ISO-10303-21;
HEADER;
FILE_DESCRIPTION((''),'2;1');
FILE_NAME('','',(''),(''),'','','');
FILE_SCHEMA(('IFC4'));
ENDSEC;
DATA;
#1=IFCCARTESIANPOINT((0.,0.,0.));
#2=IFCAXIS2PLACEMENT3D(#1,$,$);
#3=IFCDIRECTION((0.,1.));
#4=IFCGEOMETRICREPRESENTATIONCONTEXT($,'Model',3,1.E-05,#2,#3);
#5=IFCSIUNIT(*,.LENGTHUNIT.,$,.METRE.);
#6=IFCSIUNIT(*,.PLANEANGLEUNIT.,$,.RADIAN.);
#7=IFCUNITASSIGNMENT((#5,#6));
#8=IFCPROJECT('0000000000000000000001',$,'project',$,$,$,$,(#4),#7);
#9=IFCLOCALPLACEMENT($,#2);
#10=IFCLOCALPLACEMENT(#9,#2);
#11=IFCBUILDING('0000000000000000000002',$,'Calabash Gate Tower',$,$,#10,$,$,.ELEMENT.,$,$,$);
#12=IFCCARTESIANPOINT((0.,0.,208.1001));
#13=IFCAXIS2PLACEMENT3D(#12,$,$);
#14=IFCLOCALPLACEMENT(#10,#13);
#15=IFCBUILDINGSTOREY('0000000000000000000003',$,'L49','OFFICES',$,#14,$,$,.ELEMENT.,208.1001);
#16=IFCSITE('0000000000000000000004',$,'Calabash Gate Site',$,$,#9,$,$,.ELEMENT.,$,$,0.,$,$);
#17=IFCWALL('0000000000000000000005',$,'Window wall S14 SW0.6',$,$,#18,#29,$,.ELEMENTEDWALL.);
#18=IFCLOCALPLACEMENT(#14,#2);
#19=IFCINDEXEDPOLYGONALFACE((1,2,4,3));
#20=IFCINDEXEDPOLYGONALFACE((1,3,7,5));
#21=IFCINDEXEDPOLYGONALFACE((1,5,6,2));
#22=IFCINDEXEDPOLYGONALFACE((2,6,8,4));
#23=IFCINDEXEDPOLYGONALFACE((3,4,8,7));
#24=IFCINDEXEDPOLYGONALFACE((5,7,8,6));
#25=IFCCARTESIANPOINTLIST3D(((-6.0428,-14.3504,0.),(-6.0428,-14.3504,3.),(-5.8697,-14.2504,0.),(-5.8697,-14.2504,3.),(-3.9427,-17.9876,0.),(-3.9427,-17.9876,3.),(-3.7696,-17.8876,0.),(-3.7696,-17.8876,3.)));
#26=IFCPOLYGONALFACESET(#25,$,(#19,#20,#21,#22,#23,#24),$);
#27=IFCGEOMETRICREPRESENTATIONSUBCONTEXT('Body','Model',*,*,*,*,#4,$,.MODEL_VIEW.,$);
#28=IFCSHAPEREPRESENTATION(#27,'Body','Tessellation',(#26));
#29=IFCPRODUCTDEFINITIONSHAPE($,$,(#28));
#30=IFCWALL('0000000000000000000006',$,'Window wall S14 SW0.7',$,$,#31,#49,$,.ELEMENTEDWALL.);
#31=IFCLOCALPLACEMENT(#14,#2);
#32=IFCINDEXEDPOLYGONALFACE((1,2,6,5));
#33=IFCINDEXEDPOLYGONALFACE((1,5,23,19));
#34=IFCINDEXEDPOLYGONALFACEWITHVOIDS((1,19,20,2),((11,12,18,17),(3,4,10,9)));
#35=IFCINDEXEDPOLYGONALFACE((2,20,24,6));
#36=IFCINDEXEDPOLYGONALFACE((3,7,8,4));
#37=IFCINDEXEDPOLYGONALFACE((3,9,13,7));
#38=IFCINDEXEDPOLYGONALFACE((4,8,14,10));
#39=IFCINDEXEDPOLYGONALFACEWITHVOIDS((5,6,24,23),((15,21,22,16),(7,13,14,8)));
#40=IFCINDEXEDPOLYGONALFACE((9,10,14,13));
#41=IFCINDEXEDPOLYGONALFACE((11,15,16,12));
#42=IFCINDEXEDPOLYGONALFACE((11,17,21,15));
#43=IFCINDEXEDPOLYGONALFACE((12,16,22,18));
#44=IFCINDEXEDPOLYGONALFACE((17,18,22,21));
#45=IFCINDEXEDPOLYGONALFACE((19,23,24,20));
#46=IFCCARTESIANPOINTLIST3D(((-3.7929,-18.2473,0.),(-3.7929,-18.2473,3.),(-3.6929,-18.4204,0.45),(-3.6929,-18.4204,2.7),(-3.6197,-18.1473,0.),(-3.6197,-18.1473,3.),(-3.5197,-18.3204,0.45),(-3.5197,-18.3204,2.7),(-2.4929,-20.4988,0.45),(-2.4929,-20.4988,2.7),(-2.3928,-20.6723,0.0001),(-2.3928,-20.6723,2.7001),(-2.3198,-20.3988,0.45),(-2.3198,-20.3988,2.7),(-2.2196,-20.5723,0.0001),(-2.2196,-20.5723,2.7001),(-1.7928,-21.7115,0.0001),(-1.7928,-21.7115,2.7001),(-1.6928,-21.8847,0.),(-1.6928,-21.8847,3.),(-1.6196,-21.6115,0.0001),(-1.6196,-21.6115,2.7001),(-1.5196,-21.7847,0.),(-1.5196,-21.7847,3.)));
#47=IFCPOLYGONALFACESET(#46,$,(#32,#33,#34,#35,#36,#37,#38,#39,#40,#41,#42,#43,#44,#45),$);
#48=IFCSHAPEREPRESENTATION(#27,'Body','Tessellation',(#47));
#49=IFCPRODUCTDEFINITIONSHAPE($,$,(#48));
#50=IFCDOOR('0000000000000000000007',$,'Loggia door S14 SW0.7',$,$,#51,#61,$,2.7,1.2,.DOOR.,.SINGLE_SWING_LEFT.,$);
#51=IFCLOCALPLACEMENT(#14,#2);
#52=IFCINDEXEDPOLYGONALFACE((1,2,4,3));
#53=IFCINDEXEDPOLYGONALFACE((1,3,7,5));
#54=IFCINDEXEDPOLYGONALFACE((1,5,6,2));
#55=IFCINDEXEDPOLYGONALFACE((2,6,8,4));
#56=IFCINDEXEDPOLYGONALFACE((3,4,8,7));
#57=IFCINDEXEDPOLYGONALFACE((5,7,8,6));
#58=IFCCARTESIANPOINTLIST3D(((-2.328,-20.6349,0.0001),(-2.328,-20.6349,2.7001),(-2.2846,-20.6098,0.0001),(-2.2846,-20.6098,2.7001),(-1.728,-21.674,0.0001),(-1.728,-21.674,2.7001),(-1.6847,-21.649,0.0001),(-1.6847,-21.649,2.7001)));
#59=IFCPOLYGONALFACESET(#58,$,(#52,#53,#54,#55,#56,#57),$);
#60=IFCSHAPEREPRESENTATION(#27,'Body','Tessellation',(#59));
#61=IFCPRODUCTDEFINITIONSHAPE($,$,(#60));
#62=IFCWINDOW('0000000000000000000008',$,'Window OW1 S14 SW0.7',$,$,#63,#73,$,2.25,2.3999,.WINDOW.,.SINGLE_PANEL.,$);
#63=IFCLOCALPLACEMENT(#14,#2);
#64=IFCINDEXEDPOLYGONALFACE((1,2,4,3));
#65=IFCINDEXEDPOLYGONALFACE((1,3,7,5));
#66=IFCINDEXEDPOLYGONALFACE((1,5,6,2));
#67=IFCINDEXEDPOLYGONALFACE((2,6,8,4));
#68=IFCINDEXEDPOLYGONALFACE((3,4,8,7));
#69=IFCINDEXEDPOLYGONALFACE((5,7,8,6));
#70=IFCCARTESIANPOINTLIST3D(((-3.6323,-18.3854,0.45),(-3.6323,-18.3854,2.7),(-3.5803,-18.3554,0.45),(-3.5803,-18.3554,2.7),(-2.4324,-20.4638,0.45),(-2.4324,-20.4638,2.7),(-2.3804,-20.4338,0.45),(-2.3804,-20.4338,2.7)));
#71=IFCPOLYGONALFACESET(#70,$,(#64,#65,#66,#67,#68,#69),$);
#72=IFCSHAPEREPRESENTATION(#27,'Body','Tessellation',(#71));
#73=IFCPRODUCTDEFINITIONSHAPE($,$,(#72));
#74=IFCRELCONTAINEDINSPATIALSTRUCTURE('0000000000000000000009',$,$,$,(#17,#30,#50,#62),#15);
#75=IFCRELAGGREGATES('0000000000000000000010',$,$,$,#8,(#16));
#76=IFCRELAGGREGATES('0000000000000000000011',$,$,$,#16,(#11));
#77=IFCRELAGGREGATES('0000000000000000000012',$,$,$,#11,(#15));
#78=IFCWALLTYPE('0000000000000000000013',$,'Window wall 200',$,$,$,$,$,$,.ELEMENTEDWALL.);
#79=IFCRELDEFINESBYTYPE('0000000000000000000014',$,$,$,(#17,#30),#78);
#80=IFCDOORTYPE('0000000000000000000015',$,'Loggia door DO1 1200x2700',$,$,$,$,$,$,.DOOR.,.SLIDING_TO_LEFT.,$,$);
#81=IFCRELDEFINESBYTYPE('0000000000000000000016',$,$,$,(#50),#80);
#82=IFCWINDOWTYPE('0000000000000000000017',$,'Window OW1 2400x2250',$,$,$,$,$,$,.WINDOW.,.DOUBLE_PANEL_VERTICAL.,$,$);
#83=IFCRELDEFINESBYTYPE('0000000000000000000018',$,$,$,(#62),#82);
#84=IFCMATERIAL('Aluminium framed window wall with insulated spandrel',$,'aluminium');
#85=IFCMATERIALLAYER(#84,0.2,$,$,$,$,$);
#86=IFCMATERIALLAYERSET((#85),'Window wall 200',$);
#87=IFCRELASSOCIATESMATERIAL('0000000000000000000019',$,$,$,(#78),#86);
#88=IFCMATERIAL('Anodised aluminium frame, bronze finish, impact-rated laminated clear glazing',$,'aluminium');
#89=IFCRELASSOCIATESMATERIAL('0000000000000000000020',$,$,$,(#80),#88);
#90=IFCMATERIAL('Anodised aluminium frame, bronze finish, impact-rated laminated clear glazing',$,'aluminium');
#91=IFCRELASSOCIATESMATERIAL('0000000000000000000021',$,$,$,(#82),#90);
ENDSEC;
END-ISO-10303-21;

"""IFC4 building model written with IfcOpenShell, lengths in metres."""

from ifc_helpers import new_model, si_unit, direction, frame, frame_2d, origin, place, context, subcontext, project, spatial, rectangle, extrude, material, layer, layer_set, type_object, element, fill, save


model = new_model("IFC4")

# Units and contexts
model_context = context("Model", 3, precision=1e-05, world=origin(), true_north=direction((0.0, 1.0)))
body_context = subcontext(model_context, "Body", "Model", "MODEL_VIEW")
ifc_project = project(units=[si_unit("LENGTHUNIT", "METRE"), si_unit("PLANEANGLEUNIT", "RADIAN")], contexts=[model_context])

# Site, building, storey
site_placement = place(None, origin())
site = spatial("IfcSite", under=ifc_project, at=site_placement, Name="Calabash Gate Site", CompositionType="ELEMENT", RefElevation=0.0)
building_placement = place(site_placement, origin())
building = spatial("IfcBuilding", under=site, at=building_placement, Name="Calabash Gate Tower", CompositionType="ELEMENT")
storey_placement = place(building_placement, frame((0.0, 0.0, 208.1001)))
storey = spatial("IfcBuildingStorey", under=building, at=storey_placement, Name="L49", Description="OFFICES", CompositionType="ELEMENT", Elevation=208.1001)

# Wall
ifc_material_1 = material(Name="Aluminium framed window wall with insulated spandrel", Category="aluminium")
ifc_layer_1 = layer(ifc_material_1, 0.2)
ifc_layer_set_1 = layer_set([ifc_layer_1], Name="Window wall 200")
wall_type_1 = type_object("IfcWallType", Name="Window wall 200", PredefinedType="ELEMENTEDWALL", material=ifc_layer_set_1)
wall_1_placement = place(storey_placement, frame((-5.9563, -14.3003, 0.0), z_axis=(0.0, 0.0, 1.0), x_axis=(0.500028, -0.866009, 0.0)))
element("IfcWall", 1, at=wall_1_placement, inside=storey, type_object=wall_type_1, Name="Window wall S14 SW0.6", PredefinedType="ELEMENTEDWALL", context=body_context, shape_type="SweptSolid", body=[
    extrude(rectangle(XDim=4.2, YDim=0.2, at=frame_2d((2.1001, 0.0))), origin(), (0.0, 0.0, 1.0), 3.0),
])

# Wall, openings, door, window
wall_2_placement = place(storey_placement, frame((-3.7063, -18.1973, 0.0), z_axis=(0.0, 0.0, 1.0), x_axis=(0.500003, -0.866024, 0.0)))
wall_2 = element("IfcWall", 2, at=wall_2_placement, inside=storey, type_object=wall_type_1, Name="Window wall S14 SW0.7", PredefinedType="ELEMENTEDWALL", context=body_context, shape_type="SweptSolid", body=[
    extrude(rectangle(XDim=4.2002, YDim=0.2, at=frame_2d((2.1001, 0.0))), origin(), (0.0, 0.0, 1.0), 3.0),
])
opening_1_placement = place(wall_2_placement, frame((0.2, 0.0, 0.45)))
opening_1 = element("IfcOpeningElement", 3, at=opening_1_placement, cuts=wall_2, PredefinedType="OPENING", context=body_context, shape_type="SweptSolid", body=[
    extrude(rectangle(XDim=2.3999, YDim=2.25, at=frame_2d((1.2, 1.125))), frame((0.0, 0.1099, 0.0), z_axis=(0.0, -1.0, 0.0), x_axis=(1.0, 0.0, 0.0)), (0.0, 0.0, 1.0), 0.22),
])
opening_2_placement = place(wall_2_placement, frame((2.8, 0.0, 0.0)))
opening_2 = element("IfcOpeningElement", 4, at=opening_2_placement, cuts=wall_2, PredefinedType="OPENING", context=body_context, shape_type="SweptSolid", body=[
    extrude(rectangle(XDim=1.2, YDim=2.7, at=frame_2d((0.6001, 1.3501))), frame((0.0, 0.1099, 0.0), z_axis=(0.0, -1.0, 0.0), x_axis=(1.0, 0.0, 0.0)), (0.0, 0.0, 1.0), 0.22),
])
ifc_material_2 = material(Name="Anodised aluminium frame, bronze finish, impact-rated laminated clear glazing", Category="aluminium")
door_type = type_object("IfcDoorType", Name="Loggia door DO1 1200x2700", OperationType="SLIDING_TO_LEFT", PredefinedType="DOOR", material=ifc_material_2)
door_placement = place(opening_2_placement, origin())
door = element("IfcDoor", 5, at=door_placement, inside=storey, type_object=door_type, Name="Loggia door S14 SW0.7", OperationType="SINGLE_SWING_LEFT", OverallHeight=2.7, OverallWidth=1.2, PredefinedType="DOOR", context=body_context, shape_type="SweptSolid", body=[
    extrude(rectangle(XDim=1.2, YDim=2.7, at=frame_2d((0.6001, 1.3501))), frame((0.0, 0.0249, 0.0), z_axis=(0.0, -1.0, 0.0), x_axis=(1.0, 0.0, 0.0)), (0.0, 0.0, 1.0), 0.05),
])
fill(opening_2, door)
ifc_material_3 = material(Name="Anodised aluminium frame, bronze finish, impact-rated laminated clear glazing", Category="aluminium")
window_type = type_object("IfcWindowType", Name="Window OW1 2400x2250", PartitioningType="DOUBLE_PANEL_VERTICAL", PredefinedType="WINDOW", material=ifc_material_3)
window_placement = place(opening_1_placement, origin())
window = element("IfcWindow", 6, at=window_placement, inside=storey, type_object=window_type, Name="Window OW1 S14 SW0.7", OverallHeight=2.25, OverallWidth=2.3999, PartitioningType="SINGLE_PANEL", PredefinedType="WINDOW", context=body_context, shape_type="SweptSolid", body=[
    extrude(rectangle(XDim=2.3999, YDim=2.25, at=frame_2d((1.2, 1.125))), frame((0.0, 0.03, 0.0), z_axis=(0.0, -1.0, 0.0), x_axis=(1.0, 0.0, 0.0)), (0.0, 0.0, 1.0), 0.0601),
])
fill(opening_1, window)

save(model, "model.ifc")
